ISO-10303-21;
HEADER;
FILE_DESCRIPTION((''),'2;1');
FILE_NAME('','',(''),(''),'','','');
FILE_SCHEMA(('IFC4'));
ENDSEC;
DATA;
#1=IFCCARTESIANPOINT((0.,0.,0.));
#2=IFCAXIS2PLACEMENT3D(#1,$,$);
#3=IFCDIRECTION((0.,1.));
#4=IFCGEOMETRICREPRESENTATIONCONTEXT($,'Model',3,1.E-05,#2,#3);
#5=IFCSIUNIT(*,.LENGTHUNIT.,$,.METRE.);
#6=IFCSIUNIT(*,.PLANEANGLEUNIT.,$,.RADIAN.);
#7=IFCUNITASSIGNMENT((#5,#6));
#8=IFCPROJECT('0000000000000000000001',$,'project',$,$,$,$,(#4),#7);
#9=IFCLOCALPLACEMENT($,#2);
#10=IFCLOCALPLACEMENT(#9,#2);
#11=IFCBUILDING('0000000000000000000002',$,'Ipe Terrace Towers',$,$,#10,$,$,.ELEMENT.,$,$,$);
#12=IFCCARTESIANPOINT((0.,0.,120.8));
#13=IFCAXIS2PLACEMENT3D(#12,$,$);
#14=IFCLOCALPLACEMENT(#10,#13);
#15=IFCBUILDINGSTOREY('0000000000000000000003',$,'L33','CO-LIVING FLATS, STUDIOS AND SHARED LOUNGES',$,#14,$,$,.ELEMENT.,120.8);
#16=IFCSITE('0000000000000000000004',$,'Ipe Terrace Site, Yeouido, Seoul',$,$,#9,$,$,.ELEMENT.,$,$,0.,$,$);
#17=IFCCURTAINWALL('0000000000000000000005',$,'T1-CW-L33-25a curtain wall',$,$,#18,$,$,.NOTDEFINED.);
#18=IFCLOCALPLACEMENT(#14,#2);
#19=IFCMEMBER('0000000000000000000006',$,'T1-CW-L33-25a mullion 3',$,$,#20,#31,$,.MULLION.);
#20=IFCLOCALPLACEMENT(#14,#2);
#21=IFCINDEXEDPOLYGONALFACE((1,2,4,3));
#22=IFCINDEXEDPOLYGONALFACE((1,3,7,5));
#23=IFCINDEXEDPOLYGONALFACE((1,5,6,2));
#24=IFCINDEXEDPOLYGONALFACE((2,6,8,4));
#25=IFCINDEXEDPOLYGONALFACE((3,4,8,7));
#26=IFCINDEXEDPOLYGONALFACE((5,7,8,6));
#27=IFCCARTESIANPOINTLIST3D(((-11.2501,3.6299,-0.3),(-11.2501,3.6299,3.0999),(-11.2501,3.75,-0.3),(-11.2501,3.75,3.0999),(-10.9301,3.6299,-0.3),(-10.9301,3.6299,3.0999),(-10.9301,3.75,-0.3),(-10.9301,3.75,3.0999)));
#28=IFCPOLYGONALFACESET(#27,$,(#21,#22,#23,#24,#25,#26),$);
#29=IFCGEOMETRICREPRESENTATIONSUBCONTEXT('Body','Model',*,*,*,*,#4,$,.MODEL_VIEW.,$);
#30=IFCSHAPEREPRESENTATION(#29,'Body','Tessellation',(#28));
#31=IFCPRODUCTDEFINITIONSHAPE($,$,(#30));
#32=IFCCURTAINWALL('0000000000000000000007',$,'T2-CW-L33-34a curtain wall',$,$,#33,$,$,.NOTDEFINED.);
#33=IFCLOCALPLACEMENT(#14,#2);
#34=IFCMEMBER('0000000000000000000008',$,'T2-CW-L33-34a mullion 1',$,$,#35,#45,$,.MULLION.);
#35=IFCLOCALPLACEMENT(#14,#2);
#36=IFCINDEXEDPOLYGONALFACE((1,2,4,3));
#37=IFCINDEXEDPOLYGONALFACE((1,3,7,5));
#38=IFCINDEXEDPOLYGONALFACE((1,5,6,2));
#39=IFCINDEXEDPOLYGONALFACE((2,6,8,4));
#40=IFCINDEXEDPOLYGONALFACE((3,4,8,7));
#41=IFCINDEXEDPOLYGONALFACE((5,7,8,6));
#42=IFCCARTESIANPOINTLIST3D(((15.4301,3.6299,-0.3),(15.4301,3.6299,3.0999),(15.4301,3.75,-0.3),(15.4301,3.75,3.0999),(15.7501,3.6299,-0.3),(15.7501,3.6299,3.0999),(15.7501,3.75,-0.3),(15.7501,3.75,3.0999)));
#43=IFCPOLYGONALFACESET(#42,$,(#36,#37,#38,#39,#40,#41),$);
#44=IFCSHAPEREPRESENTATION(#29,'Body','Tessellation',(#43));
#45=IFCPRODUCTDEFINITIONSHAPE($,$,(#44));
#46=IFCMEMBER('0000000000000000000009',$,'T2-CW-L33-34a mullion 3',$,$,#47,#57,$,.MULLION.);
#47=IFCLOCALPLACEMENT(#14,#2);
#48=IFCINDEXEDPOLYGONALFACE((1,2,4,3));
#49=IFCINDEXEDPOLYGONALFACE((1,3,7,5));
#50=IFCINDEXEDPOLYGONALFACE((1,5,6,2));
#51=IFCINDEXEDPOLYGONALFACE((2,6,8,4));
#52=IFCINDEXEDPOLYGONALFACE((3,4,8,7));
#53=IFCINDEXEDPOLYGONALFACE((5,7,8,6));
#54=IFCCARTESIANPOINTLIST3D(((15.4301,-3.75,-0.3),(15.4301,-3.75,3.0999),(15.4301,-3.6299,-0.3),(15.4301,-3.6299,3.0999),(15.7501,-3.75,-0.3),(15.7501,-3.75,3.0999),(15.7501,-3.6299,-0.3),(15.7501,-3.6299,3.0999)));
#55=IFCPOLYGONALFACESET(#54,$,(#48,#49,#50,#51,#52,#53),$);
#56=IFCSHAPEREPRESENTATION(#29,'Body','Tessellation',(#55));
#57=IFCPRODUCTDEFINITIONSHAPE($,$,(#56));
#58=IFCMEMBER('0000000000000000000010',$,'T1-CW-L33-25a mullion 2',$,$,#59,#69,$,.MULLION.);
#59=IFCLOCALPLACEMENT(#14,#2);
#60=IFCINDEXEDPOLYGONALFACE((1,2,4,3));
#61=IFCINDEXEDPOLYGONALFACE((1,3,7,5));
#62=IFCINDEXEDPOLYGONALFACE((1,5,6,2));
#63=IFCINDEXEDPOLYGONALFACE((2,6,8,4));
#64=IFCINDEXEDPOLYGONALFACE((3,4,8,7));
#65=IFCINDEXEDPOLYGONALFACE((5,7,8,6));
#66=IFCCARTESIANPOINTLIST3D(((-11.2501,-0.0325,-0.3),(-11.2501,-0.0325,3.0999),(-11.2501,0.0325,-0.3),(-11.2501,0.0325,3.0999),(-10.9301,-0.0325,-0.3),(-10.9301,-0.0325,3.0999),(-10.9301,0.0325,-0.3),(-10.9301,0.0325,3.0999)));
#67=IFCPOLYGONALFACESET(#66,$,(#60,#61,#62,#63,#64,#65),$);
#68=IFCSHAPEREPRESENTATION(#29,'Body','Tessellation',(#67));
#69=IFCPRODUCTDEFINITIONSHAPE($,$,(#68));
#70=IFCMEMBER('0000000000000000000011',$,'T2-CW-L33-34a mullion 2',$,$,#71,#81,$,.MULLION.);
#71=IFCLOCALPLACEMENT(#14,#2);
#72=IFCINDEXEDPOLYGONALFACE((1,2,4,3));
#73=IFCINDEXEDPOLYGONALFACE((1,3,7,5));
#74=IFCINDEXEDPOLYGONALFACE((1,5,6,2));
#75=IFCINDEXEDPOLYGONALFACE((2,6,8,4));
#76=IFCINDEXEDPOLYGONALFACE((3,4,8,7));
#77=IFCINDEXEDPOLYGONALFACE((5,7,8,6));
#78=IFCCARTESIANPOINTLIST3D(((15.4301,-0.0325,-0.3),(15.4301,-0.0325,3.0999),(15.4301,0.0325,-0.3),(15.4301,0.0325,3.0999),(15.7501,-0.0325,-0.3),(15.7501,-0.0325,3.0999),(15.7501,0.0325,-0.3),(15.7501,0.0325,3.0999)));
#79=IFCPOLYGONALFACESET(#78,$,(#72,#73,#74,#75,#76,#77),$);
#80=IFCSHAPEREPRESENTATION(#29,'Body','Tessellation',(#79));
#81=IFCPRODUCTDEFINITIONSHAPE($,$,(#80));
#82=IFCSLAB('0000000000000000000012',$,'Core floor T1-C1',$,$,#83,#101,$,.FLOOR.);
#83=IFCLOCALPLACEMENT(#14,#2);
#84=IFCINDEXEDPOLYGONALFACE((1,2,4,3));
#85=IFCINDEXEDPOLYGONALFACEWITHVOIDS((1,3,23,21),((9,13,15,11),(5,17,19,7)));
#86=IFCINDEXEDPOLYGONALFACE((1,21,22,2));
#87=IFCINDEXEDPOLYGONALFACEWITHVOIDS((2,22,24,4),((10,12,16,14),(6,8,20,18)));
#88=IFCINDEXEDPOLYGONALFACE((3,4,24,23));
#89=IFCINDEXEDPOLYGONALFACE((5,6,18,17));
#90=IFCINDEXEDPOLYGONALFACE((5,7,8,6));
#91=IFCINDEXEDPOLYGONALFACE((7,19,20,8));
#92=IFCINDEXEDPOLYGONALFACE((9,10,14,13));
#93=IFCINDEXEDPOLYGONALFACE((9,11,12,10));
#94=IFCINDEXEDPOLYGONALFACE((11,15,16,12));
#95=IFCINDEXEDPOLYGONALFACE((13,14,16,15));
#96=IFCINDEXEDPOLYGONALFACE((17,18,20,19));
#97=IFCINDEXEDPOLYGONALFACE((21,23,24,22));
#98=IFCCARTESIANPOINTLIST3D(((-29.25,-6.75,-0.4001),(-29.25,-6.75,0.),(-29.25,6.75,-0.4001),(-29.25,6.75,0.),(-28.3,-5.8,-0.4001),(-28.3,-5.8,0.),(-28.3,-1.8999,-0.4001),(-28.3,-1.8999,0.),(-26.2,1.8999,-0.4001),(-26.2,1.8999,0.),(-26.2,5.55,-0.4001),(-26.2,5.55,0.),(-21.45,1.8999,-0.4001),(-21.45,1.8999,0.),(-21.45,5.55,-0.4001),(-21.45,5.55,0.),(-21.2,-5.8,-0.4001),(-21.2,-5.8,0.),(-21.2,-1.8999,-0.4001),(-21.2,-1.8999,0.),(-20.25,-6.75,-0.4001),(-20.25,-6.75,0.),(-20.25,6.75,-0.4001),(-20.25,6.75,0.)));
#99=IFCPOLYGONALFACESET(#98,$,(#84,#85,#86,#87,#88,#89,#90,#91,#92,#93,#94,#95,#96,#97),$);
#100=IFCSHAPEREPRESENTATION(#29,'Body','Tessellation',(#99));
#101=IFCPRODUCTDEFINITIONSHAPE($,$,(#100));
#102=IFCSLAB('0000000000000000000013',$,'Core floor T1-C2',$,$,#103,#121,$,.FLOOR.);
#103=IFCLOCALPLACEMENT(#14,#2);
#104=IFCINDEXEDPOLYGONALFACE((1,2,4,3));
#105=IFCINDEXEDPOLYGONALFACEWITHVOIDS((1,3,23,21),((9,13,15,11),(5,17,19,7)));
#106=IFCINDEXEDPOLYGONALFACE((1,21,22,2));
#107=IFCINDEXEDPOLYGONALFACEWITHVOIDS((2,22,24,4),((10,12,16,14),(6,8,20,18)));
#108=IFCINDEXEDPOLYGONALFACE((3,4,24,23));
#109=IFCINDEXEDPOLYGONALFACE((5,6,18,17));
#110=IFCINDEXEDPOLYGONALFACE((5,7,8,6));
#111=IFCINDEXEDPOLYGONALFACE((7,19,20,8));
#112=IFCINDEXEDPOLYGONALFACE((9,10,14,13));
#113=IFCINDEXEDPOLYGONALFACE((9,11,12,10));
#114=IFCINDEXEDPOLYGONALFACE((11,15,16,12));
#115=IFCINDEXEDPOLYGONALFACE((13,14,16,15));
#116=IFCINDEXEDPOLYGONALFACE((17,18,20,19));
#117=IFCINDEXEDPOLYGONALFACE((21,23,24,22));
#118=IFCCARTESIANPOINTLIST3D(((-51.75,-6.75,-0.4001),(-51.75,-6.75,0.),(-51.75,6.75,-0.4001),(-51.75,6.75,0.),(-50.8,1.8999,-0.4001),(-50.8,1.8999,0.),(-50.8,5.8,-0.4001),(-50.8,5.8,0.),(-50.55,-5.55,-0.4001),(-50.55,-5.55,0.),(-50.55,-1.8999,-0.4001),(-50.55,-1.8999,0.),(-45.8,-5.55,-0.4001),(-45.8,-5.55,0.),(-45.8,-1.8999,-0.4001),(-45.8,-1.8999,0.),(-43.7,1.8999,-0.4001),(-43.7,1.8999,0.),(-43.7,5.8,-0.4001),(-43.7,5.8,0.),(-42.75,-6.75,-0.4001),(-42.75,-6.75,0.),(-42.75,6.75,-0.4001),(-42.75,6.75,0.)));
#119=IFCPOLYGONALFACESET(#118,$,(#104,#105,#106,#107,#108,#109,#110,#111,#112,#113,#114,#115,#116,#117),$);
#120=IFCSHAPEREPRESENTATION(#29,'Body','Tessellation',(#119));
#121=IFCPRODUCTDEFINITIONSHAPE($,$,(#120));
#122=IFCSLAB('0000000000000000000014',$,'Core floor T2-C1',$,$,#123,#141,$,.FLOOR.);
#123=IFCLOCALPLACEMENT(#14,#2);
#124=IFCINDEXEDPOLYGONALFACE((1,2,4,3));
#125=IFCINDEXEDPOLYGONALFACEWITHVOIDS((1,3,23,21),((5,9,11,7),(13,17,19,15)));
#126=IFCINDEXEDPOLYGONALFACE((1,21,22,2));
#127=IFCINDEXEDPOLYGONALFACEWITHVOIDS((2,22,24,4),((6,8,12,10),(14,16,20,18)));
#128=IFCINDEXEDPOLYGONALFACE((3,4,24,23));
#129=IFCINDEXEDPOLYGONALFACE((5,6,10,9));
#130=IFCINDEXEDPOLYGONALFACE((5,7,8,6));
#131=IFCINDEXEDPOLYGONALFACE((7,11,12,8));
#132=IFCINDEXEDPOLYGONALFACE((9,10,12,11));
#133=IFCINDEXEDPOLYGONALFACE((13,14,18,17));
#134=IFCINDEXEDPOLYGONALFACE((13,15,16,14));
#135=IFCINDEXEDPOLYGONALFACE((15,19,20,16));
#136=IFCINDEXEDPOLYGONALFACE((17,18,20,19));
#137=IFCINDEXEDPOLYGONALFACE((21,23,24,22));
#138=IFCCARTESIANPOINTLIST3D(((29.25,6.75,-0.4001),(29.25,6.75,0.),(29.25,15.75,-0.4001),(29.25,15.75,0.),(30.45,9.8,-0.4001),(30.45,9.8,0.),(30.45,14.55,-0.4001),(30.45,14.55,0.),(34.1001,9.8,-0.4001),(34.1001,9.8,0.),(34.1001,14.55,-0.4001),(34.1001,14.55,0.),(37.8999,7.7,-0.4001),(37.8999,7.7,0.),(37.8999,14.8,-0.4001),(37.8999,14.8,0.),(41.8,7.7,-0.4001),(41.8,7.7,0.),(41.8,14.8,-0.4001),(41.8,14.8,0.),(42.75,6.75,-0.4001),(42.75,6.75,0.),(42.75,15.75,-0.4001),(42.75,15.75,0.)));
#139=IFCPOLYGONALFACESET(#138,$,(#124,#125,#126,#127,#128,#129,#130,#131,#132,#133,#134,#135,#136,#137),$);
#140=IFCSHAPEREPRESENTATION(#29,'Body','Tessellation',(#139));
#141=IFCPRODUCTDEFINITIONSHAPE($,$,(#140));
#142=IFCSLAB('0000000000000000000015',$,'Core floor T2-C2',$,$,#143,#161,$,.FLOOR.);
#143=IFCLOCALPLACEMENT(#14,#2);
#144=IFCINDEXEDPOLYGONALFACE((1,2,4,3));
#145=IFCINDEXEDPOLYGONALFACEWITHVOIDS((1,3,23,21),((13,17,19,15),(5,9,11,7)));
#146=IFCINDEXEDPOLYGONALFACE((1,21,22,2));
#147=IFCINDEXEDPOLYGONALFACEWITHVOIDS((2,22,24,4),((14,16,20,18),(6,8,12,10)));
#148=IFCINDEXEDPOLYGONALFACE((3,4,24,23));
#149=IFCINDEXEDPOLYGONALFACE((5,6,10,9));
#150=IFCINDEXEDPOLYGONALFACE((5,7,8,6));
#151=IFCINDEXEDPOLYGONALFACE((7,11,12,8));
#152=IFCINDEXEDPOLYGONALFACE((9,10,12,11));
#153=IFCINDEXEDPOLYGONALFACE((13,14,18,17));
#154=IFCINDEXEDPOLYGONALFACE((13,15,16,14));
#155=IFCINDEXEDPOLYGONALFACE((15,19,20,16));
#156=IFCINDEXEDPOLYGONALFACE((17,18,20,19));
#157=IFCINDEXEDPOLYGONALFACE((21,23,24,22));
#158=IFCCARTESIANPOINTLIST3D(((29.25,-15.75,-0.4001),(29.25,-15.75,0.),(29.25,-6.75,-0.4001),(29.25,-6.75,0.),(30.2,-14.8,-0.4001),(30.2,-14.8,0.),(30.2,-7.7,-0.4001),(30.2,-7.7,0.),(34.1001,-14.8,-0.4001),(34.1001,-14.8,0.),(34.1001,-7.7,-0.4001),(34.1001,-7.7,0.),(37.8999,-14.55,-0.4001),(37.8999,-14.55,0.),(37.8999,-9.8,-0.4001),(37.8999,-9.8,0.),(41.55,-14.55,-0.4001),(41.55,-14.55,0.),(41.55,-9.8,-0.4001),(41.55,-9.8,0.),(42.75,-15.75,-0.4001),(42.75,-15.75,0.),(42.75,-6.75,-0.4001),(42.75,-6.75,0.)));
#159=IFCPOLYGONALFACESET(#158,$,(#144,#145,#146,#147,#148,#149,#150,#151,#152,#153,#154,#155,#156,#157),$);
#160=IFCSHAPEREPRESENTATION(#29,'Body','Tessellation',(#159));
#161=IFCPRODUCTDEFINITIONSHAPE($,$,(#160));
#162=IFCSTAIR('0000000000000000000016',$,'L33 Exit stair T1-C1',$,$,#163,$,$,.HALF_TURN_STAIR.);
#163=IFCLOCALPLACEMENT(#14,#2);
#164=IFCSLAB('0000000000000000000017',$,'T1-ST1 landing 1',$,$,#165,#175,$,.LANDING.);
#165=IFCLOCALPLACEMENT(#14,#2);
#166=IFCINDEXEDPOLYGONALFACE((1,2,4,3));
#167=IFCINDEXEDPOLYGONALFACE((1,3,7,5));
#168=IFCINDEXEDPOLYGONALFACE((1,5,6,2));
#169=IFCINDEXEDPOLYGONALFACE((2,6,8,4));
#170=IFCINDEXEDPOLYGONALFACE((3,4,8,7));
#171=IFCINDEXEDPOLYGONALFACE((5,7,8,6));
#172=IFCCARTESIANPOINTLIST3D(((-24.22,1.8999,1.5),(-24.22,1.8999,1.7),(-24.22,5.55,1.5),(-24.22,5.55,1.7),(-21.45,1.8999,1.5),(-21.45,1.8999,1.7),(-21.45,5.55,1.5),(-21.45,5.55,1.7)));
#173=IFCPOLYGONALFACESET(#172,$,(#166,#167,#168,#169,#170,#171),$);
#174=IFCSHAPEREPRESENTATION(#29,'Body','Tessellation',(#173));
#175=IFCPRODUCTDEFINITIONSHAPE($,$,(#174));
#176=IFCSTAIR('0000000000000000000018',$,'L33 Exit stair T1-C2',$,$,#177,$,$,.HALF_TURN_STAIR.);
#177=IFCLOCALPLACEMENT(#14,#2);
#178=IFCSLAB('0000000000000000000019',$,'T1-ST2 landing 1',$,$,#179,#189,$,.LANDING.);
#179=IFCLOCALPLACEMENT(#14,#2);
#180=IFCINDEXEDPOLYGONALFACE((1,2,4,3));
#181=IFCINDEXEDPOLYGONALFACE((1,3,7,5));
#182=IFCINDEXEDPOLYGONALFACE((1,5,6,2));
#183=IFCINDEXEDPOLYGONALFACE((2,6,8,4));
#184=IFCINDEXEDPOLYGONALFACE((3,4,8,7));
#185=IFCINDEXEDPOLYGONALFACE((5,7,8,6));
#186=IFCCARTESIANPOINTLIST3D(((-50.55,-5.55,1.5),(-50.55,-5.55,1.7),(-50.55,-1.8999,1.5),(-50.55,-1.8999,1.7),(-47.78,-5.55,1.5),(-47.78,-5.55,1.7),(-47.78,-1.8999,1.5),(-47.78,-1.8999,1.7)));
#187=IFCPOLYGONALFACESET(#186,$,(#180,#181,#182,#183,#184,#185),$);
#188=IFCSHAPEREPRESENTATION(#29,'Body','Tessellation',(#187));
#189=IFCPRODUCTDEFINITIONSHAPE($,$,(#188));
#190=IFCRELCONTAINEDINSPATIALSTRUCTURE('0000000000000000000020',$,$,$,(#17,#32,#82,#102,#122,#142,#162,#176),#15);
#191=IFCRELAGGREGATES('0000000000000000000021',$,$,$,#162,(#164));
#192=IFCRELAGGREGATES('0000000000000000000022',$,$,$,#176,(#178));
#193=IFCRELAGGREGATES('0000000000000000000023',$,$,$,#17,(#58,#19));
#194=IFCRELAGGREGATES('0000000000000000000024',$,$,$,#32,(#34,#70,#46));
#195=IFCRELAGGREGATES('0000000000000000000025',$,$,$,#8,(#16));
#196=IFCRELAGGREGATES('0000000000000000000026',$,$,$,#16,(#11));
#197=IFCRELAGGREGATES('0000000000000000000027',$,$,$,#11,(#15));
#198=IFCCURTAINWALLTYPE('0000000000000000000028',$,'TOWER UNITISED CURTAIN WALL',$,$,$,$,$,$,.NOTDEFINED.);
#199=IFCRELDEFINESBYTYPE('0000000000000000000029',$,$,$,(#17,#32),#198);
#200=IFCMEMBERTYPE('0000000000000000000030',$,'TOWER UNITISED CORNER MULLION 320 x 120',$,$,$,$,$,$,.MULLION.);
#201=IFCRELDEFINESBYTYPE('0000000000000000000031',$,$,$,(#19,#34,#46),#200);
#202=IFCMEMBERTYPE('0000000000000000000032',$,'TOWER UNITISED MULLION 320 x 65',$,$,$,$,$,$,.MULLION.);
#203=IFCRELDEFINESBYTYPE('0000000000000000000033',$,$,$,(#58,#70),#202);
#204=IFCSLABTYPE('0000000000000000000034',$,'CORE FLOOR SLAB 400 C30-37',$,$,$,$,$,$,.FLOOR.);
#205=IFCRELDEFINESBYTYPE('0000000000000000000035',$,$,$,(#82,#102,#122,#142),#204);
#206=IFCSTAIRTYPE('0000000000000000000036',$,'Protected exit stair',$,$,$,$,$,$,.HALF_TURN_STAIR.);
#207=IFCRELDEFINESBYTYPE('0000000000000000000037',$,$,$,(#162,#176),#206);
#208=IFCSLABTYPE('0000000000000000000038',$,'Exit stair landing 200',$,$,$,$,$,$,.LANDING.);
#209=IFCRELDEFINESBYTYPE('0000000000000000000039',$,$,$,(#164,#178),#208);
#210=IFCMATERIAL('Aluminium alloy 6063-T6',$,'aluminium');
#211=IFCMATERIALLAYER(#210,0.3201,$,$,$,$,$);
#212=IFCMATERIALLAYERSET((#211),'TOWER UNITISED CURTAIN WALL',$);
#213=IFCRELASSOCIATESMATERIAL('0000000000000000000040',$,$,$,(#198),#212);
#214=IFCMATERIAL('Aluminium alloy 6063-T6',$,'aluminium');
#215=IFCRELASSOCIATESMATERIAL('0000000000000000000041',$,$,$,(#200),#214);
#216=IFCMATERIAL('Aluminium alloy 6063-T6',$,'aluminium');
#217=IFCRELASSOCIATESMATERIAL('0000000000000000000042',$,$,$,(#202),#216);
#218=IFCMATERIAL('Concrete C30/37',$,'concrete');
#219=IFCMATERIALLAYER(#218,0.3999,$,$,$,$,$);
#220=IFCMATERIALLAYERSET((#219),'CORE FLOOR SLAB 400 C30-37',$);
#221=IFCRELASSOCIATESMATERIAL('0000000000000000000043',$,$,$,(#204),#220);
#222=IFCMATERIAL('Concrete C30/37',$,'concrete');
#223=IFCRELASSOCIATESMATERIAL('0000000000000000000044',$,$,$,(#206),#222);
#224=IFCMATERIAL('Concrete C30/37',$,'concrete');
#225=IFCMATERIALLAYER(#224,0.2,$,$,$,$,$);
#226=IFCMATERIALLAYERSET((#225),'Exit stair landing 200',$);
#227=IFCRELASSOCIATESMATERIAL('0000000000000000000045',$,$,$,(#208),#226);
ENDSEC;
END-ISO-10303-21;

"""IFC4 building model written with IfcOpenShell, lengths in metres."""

from ifc_helpers import new_model, si_unit, direction, frame, origin, origin_2d, place, context, subcontext, project, spatial, polyline, rectangle, outline, extrude, material, layer, layer_set, material_profile, profile_set, type_object, element, aggregate, save


model = new_model("IFC4")

# Units and contexts
model_context = context("Model", 3, precision=1e-05, world=origin(), true_north=direction((0.0, 1.0)))
body_context = subcontext(model_context, "Body", "Model", "MODEL_VIEW")
ifc_project = project(units=[si_unit("LENGTHUNIT", "METRE"), si_unit("PLANEANGLEUNIT", "RADIAN")], contexts=[model_context])

# Site, building, storey
site_placement = place(None, origin())
site = spatial("IfcSite", under=ifc_project, at=site_placement, Name="Ipe Terrace Site, Yeouido, Seoul", CompositionType="ELEMENT", RefElevation=0.0)
building_placement = place(site_placement, origin())
building = spatial("IfcBuilding", under=site, at=building_placement, Name="Ipe Terrace Towers", CompositionType="ELEMENT")
storey_placement = place(building_placement, frame((0.0, 0.0, 120.8)))
storey = spatial("IfcBuildingStorey", under=building, at=storey_placement, Name="L33", Description="CO-LIVING FLATS, STUDIOS AND SHARED LOUNGES", CompositionType="ELEMENT", Elevation=120.8)

# Curtain wall, member
ifc_material_1 = material(Name="Aluminium alloy 6063-T6", Category="aluminium")
ifc_layer_1 = layer(ifc_material_1, 0.3201)
ifc_layer_set_1 = layer_set([ifc_layer_1], Name="TOWER UNITISED CURTAIN WALL")
curtain_wall_type = type_object("IfcCurtainWallType", Name="TOWER UNITISED CURTAIN WALL", PredefinedType="NOTDEFINED", material=ifc_layer_set_1)
curtain_wall_1_placement = place(storey_placement, origin())
curtain_wall_1 = element("IfcCurtainWall", 1, at=curtain_wall_1_placement, inside=storey, type_object=curtain_wall_type, Name="T1-CW-L33-25a curtain wall", PredefinedType="NOTDEFINED")
ifc_material_2 = material(Name="Aluminium alloy 6063-T6", Category="aluminium")
ifc_material_profile_1 = material_profile(ifc_material_2, rectangle(XDim=0.3201, YDim=0.1201, at=origin_2d()), Name="TOWER UNITISED CORNER MULLION 320 x 120")
ifc_profile_set_1 = profile_set([ifc_material_profile_1], Name="Aluminium alloy 6063-T6")
member_type_1 = type_object("IfcMemberType", Name="TOWER UNITISED CORNER MULLION 320 x 120", PredefinedType="MULLION", material=ifc_profile_set_1)
member_1_placement = place(storey_placement, frame((-11.0901, 3.6899, -0.3), z_axis=(0.0, 0.0, 1.0), x_axis=(1.0, 0.0, 0.0)))
member_1 = element("IfcMember", 2, at=member_1_placement, type_object=member_type_1, Name="T1-CW-L33-25a mullion 3", PredefinedType="MULLION", context=body_context, shape_type="SweptSolid", body=[
    extrude(rectangle(XDim=0.3201, YDim=0.1201, at=origin_2d()), origin(), (0.0, 0.0, 1.0), 3.3999),
])

# Curtain wall, members
curtain_wall_2_placement = place(storey_placement, origin())
curtain_wall_2 = element("IfcCurtainWall", 3, at=curtain_wall_2_placement, inside=storey, type_object=curtain_wall_type, Name="T2-CW-L33-34a curtain wall", PredefinedType="NOTDEFINED")
member_2_placement = place(storey_placement, frame((15.5901, 3.6899, -0.3), z_axis=(0.0, 0.0, 1.0), x_axis=(-1.0, 0.0, 0.0)))
member_2 = element("IfcMember", 4, at=member_2_placement, type_object=member_type_1, Name="T2-CW-L33-34a mullion 1", PredefinedType="MULLION", context=body_context, shape_type="SweptSolid", body=[
    extrude(rectangle(XDim=0.3201, YDim=0.1201, at=origin_2d()), origin(), (0.0, 0.0, 1.0), 3.3999),
])
member_3_placement = place(storey_placement, frame((15.5901, -3.6899, -0.3), z_axis=(0.0, 0.0, 1.0), x_axis=(-1.0, 0.0, 0.0)))
member_3 = element("IfcMember", 5, at=member_3_placement, type_object=member_type_1, Name="T2-CW-L33-34a mullion 3", PredefinedType="MULLION", context=body_context, shape_type="SweptSolid", body=[
    extrude(rectangle(XDim=0.3201, YDim=0.1201, at=origin_2d()), origin(), (0.0, 0.0, 1.0), 3.3999),
])

# Members
ifc_material_3 = material(Name="Aluminium alloy 6063-T6", Category="aluminium")
ifc_material_profile_2 = material_profile(ifc_material_3, rectangle(XDim=0.3201, YDim=0.0649, at=origin_2d()), Name="TOWER UNITISED MULLION 320 x 65")
ifc_profile_set_2 = profile_set([ifc_material_profile_2], Name="Aluminium alloy 6063-T6")
member_type_2 = type_object("IfcMemberType", Name="TOWER UNITISED MULLION 320 x 65", PredefinedType="MULLION", material=ifc_profile_set_2)
member_4_placement = place(storey_placement, frame((-11.0901, 0.0, -0.3), z_axis=(0.0, 0.0, 1.0), x_axis=(1.0, 0.0, 0.0)))
member_4 = element("IfcMember", 6, at=member_4_placement, type_object=member_type_2, Name="T1-CW-L33-25a mullion 2", PredefinedType="MULLION", context=body_context, shape_type="SweptSolid", body=[
    extrude(rectangle(XDim=0.3201, YDim=0.0649, at=origin_2d()), origin(), (0.0, 0.0, 1.0), 3.3999),
])
member_5_placement = place(storey_placement, frame((15.5901, 0.0, -0.3), z_axis=(0.0, 0.0, 1.0), x_axis=(-1.0, 0.0, 0.0)))
member_5 = element("IfcMember", 7, at=member_5_placement, type_object=member_type_2, Name="T2-CW-L33-34a mullion 2", PredefinedType="MULLION", context=body_context, shape_type="SweptSolid", body=[
    extrude(rectangle(XDim=0.3201, YDim=0.0649, at=origin_2d()), origin(), (0.0, 0.0, 1.0), 3.3999),
])

# Slabs
ifc_material_4 = material(Name="Concrete C30/37", Category="concrete")
ifc_layer_2 = layer(ifc_material_4, 0.3999)
ifc_layer_set_2 = layer_set([ifc_layer_2], Name="CORE FLOOR SLAB 400 C30-37")
slab_type_1 = type_object("IfcSlabType", Name="CORE FLOOR SLAB 400 C30-37", PredefinedType="FLOOR", material=ifc_layer_set_2)
slab_1_placement = place(storey_placement, frame((0.0, 0.0, -0.4001)))
element("IfcSlab", 8, at=slab_1_placement, inside=storey, type_object=slab_type_1, Name="Core floor T1-C1", PredefinedType="FLOOR", context=body_context, shape_type="SweptSolid", body=[
    extrude(outline(polyline([(-29.25, -6.75), (-29.25, 6.75), (-20.25, 6.75), (-20.25, -6.75), (-29.25, -6.75)]), holes=[polyline([(-28.3, -5.8), (-21.2, -5.8), (-21.2, -1.8999), (-28.3, -1.8999), (-28.3, -5.8)]), polyline([(-26.2, 5.55), (-26.2, 1.8999), (-21.45, 1.8999), (-21.45, 5.55), (-26.2, 5.55)])]), origin(), (0.0, 0.0, 1.0), 0.4001),
])
slab_2_placement = place(storey_placement, frame((0.0, 0.0, -0.4001)))
element("IfcSlab", 9, at=slab_2_placement, inside=storey, type_object=slab_type_1, Name="Core floor T1-C2", PredefinedType="FLOOR", context=body_context, shape_type="SweptSolid", body=[
    extrude(outline(polyline([(-51.75, -6.75), (-51.75, 6.75), (-42.75, 6.75), (-42.75, -6.75), (-51.75, -6.75)]), holes=[polyline([(-45.8, -5.55), (-45.8, -1.8999), (-50.55, -1.8999), (-50.55, -5.55), (-45.8, -5.55)]), polyline([(-50.8, 1.8999), (-43.7, 1.8999), (-43.7, 5.8), (-50.8, 5.8), (-50.8, 1.8999)])]), origin(), (0.0, 0.0, 1.0), 0.4001),
])
slab_3_placement = place(storey_placement, frame((0.0, 0.0, -0.4001)))
element("IfcSlab", 10, at=slab_3_placement, inside=storey, type_object=slab_type_1, Name="Core floor T2-C1", PredefinedType="FLOOR", context=body_context, shape_type="SweptSolid", body=[
    extrude(outline(polyline([(29.25, 6.75), (29.25, 15.75), (42.75, 15.75), (42.75, 6.75), (29.25, 6.75)]), holes=[polyline([(41.8, 7.7), (41.8, 14.8), (37.8999, 14.8), (37.8999, 7.7), (41.8, 7.7)]), polyline([(30.45, 9.8), (34.1001, 9.8), (34.1001, 14.55), (30.45, 14.55), (30.45, 9.8)])]), origin(), (0.0, 0.0, 1.0), 0.4001),
])
slab_4_placement = place(storey_placement, frame((0.0, 0.0, -0.4001)))
element("IfcSlab", 11, at=slab_4_placement, inside=storey, type_object=slab_type_1, Name="Core floor T2-C2", PredefinedType="FLOOR", context=body_context, shape_type="SweptSolid", body=[
    extrude(outline(polyline([(29.25, -15.75), (29.25, -6.75), (42.75, -6.75), (42.75, -15.75), (29.25, -15.75)]), holes=[polyline([(34.1001, -14.8), (34.1001, -7.7), (30.2, -7.7), (30.2, -14.8), (34.1001, -14.8)]), polyline([(41.55, -9.8), (37.8999, -9.8), (37.8999, -14.55), (41.55, -14.55), (41.55, -9.8)])]), origin(), (0.0, 0.0, 1.0), 0.4001),
])

# Stairs, slabs
ifc_material_5 = material(Name="Concrete C30/37", Category="concrete")
stair_type = type_object("IfcStairType", Name="Protected exit stair", PredefinedType="HALF_TURN_STAIR", material=ifc_material_5)
stair_1_placement = place(storey_placement, origin())
stair_1 = element("IfcStair", 12, at=stair_1_placement, inside=storey, type_object=stair_type, Name="L33 Exit stair T1-C1", PredefinedType="HALF_TURN_STAIR")
ifc_material_6 = material(Name="Concrete C30/37", Category="concrete")
ifc_layer_3 = layer(ifc_material_6, 0.2)
ifc_layer_set_3 = layer_set([ifc_layer_3], Name="Exit stair landing 200")
slab_type_2 = type_object("IfcSlabType", Name="Exit stair landing 200", PredefinedType="LANDING", material=ifc_layer_set_3)
slab_5_placement = place(storey_placement, frame((0.0, 0.0, 1.5)))
slab_5 = element("IfcSlab", 13, at=slab_5_placement, type_object=slab_type_2, Name="T1-ST1 landing 1", PredefinedType="LANDING", context=body_context, shape_type="SweptSolid", body=[
    extrude(outline(polyline([(-24.22, 1.8999), (-21.45, 1.8999), (-21.45, 5.55), (-24.22, 5.55), (-24.22, 1.8999)])), origin(), (0.0, 0.0, 1.0), 0.2),
])
aggregate(stair_1, [slab_5])
stair_2_placement = place(storey_placement, origin())
stair_2 = element("IfcStair", 14, at=stair_2_placement, inside=storey, type_object=stair_type, Name="L33 Exit stair T1-C2", PredefinedType="HALF_TURN_STAIR")
slab_6_placement = place(storey_placement, frame((0.0, 0.0, 1.5)))
slab_6 = element("IfcSlab", 15, at=slab_6_placement, type_object=slab_type_2, Name="T1-ST2 landing 1", PredefinedType="LANDING", context=body_context, shape_type="SweptSolid", body=[
    extrude(outline(polyline([(-47.78, -1.8999), (-50.55, -1.8999), (-50.55, -5.55), (-47.78, -5.55), (-47.78, -1.8999)])), origin(), (0.0, 0.0, 1.0), 0.2),
])
aggregate(stair_2, [slab_6])

aggregate(curtain_wall_1, [member_4, member_1])
aggregate(curtain_wall_2, [member_2, member_5, member_3])

save(model, "model.ifc")
